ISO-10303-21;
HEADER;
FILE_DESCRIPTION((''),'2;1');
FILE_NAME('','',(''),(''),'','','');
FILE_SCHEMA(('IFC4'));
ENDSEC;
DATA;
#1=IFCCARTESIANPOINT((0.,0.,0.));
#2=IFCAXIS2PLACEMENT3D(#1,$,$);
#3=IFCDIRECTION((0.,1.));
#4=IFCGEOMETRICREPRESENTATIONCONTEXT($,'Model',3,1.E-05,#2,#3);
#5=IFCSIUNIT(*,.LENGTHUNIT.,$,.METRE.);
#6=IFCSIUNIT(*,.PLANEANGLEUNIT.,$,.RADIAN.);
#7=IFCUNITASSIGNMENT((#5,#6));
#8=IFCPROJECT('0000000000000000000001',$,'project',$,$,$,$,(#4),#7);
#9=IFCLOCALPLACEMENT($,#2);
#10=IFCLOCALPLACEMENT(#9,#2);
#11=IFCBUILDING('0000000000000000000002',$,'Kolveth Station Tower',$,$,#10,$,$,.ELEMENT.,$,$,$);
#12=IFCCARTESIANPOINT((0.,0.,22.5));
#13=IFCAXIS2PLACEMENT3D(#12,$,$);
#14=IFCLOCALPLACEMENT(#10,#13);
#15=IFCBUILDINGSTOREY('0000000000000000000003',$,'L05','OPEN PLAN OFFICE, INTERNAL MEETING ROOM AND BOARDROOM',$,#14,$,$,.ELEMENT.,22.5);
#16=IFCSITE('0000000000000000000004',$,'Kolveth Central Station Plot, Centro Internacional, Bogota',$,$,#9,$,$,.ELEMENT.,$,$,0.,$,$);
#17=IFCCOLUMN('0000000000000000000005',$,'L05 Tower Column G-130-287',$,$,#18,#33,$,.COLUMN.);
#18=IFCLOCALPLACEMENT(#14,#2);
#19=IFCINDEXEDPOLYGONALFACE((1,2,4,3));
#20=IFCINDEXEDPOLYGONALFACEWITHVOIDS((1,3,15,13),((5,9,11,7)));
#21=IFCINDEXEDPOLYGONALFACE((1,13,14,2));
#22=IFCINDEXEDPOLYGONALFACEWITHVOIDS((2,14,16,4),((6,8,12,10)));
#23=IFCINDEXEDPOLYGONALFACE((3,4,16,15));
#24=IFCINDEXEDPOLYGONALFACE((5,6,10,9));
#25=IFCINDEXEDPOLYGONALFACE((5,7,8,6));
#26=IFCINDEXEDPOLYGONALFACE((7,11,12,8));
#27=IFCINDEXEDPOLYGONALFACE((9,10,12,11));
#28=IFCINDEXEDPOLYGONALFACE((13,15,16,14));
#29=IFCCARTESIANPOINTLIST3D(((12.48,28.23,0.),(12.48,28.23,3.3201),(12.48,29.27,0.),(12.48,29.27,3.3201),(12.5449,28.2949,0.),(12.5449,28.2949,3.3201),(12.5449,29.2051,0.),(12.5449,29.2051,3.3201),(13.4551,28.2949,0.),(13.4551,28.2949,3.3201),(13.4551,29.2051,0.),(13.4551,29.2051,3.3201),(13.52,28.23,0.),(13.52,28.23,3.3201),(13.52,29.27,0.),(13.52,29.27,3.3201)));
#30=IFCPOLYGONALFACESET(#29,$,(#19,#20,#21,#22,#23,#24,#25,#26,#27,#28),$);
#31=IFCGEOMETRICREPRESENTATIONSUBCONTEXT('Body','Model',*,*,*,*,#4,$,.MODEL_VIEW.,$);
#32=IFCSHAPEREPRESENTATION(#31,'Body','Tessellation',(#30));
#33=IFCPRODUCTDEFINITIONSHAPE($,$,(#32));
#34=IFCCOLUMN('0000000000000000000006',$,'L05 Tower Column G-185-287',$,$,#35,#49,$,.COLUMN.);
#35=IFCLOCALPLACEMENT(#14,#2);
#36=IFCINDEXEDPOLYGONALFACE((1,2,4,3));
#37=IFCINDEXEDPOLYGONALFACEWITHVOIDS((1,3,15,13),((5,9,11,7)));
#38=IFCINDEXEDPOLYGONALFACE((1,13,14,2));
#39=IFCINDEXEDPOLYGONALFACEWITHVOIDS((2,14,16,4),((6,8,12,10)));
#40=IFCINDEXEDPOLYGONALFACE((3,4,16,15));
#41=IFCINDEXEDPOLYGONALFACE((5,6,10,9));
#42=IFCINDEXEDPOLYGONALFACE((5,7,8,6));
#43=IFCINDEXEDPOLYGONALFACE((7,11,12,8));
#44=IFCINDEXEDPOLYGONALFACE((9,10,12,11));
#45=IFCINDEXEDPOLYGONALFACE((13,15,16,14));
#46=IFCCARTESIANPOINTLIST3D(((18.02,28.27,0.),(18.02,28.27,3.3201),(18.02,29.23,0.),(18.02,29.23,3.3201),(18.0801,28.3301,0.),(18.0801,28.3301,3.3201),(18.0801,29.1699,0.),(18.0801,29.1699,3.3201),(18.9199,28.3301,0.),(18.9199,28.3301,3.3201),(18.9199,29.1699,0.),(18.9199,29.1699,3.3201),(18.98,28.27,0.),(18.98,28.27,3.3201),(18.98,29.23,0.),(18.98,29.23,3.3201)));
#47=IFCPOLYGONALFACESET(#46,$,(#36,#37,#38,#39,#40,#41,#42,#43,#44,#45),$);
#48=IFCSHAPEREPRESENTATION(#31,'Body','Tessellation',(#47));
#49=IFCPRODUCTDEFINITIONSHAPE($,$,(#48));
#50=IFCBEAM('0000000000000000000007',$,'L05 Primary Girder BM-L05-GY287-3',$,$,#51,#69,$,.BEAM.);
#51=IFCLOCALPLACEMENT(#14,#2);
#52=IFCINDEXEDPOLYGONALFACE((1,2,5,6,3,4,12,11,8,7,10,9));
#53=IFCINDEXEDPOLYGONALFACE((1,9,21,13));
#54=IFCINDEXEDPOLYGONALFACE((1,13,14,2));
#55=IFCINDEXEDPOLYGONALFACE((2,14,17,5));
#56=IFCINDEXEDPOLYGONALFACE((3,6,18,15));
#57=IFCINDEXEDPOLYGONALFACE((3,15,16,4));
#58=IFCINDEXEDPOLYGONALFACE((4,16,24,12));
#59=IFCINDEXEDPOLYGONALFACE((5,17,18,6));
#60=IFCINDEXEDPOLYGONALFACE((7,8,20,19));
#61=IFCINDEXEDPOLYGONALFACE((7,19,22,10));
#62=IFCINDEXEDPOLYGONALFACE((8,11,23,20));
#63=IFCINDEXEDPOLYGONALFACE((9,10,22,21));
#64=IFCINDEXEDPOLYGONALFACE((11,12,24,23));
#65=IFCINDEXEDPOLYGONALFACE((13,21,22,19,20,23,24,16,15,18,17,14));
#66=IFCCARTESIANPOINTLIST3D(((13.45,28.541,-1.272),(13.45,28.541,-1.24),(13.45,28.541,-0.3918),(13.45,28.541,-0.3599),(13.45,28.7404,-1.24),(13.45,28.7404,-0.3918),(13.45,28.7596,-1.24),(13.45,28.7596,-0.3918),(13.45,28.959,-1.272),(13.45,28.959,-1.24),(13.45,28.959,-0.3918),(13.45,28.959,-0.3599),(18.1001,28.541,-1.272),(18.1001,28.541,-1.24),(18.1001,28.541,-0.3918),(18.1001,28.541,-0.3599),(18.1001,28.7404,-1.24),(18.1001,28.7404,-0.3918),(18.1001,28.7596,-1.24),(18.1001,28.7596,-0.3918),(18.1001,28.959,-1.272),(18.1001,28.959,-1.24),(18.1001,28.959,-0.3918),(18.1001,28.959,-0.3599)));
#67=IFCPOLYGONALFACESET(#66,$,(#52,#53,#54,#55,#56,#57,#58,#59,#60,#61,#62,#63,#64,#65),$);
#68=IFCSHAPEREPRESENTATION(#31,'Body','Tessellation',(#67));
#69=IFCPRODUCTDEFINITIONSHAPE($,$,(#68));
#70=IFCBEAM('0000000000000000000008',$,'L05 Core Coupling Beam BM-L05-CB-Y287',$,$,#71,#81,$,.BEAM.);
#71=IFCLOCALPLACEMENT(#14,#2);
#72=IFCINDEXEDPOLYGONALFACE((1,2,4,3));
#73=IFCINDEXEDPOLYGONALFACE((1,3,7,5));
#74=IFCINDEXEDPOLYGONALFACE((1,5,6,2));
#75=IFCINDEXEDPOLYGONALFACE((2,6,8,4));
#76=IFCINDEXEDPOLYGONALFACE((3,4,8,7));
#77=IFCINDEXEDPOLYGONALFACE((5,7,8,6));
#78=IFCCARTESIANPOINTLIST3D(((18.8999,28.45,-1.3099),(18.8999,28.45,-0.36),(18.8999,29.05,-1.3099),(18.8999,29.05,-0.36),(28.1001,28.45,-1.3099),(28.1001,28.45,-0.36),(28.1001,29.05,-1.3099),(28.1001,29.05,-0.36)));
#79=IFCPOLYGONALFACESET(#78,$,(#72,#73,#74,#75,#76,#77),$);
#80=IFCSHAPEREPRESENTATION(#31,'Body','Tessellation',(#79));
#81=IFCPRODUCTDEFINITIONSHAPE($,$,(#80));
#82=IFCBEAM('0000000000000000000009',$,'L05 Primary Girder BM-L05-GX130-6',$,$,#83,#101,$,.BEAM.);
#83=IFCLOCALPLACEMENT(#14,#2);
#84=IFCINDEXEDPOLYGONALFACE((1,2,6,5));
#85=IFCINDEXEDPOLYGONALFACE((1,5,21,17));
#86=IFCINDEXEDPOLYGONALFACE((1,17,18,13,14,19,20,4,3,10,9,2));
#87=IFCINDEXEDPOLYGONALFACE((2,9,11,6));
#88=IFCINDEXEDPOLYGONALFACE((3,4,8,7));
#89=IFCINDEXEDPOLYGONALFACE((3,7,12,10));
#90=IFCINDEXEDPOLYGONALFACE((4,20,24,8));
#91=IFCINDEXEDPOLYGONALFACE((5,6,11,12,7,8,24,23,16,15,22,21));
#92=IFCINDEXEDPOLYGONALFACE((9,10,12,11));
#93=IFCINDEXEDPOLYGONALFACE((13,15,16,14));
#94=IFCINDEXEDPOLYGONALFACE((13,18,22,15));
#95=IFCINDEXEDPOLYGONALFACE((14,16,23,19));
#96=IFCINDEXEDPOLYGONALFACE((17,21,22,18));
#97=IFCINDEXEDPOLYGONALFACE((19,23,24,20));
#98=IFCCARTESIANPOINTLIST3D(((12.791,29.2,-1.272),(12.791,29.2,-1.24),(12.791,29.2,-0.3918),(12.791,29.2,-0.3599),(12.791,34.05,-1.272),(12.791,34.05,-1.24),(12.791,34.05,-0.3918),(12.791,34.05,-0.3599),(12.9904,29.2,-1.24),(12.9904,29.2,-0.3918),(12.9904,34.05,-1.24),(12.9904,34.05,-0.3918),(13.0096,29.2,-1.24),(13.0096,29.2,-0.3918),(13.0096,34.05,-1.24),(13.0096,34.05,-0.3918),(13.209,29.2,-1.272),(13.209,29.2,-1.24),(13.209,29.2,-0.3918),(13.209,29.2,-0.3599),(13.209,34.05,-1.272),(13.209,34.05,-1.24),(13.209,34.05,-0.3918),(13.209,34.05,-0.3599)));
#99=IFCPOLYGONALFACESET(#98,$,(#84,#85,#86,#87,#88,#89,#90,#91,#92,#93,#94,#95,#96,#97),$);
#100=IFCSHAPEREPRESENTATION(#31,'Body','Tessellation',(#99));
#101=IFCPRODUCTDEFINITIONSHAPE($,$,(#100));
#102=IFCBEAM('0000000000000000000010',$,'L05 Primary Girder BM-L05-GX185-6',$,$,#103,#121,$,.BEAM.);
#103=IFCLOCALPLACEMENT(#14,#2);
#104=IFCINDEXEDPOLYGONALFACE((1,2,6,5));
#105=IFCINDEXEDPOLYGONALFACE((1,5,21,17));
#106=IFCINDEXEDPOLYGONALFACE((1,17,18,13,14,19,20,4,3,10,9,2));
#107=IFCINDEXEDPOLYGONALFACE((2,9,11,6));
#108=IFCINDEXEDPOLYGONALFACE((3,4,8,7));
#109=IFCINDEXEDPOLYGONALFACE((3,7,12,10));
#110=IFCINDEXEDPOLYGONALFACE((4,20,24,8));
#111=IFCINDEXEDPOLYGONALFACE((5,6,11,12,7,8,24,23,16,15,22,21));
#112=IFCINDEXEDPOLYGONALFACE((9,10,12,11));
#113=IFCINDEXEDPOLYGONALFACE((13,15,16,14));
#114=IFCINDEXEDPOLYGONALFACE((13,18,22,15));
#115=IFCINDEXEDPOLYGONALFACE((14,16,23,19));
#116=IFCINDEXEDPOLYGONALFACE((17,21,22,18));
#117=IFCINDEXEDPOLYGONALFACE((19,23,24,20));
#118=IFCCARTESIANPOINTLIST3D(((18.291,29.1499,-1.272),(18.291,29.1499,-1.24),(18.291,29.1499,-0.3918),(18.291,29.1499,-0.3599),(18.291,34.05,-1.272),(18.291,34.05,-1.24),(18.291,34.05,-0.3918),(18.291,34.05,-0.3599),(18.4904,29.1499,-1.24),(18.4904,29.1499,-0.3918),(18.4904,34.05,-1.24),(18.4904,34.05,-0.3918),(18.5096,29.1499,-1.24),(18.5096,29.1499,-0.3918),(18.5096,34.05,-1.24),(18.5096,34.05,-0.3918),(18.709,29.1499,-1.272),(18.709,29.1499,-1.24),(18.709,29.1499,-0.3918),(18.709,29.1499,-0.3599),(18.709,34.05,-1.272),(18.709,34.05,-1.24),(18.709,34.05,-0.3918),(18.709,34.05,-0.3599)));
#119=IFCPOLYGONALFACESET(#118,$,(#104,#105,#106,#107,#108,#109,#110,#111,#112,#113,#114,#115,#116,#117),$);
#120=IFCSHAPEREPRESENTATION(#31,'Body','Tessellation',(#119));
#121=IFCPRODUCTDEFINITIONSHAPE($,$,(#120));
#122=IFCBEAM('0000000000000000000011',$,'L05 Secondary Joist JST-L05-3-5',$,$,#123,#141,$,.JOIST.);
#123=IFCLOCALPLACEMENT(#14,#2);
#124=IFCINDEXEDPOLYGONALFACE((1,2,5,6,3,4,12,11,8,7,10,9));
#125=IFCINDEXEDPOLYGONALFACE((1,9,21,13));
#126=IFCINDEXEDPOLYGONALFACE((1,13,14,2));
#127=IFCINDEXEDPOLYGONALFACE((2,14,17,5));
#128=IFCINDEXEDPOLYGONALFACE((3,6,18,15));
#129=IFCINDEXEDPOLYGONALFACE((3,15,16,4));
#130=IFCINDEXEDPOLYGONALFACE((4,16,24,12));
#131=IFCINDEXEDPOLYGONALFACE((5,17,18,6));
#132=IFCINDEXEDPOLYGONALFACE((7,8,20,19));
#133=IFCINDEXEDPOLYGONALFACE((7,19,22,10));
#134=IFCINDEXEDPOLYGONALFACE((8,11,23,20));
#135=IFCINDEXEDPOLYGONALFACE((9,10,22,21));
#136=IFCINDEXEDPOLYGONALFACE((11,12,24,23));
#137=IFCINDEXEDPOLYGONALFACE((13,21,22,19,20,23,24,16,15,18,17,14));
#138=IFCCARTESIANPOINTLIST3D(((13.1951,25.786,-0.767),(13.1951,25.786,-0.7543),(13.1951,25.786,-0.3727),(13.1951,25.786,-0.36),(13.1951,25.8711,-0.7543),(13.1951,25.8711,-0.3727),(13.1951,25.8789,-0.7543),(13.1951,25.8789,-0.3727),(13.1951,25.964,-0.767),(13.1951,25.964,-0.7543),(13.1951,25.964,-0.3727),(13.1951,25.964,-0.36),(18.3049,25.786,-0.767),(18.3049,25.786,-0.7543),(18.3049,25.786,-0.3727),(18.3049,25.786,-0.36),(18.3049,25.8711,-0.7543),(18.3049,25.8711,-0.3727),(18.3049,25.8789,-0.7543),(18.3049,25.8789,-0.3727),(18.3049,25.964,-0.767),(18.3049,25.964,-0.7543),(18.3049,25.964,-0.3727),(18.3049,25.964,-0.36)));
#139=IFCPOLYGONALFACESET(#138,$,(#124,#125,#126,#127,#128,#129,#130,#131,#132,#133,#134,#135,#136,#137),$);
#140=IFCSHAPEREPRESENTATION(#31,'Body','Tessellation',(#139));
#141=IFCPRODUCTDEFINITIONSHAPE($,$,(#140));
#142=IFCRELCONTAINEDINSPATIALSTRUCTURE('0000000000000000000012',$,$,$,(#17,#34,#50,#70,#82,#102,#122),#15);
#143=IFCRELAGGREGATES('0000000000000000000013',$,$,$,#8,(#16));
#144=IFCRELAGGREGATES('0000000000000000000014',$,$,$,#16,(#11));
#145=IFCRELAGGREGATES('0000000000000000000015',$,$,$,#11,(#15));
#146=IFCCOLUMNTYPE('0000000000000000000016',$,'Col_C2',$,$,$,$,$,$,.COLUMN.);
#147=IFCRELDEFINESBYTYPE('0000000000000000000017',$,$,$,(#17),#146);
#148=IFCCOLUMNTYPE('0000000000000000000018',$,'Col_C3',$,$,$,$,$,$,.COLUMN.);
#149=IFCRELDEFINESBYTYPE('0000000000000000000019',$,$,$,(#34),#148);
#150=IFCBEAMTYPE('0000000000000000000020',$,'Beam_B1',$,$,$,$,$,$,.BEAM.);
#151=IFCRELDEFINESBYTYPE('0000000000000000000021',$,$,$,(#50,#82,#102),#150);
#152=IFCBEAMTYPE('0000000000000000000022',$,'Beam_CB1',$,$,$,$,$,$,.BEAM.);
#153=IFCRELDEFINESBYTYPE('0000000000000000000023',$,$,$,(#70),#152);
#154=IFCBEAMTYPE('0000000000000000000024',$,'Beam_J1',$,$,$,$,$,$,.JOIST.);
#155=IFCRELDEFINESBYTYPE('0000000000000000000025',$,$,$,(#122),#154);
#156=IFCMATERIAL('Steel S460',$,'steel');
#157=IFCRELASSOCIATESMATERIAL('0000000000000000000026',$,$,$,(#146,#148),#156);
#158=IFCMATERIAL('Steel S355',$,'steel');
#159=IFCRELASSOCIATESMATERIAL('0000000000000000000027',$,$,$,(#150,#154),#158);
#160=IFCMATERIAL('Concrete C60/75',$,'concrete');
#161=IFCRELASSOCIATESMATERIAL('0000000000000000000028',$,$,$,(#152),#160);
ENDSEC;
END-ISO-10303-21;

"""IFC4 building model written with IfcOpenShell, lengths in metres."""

from ifc_helpers import new_model, si_unit, direction, frame, origin, origin_2d, place, context, subcontext, project, spatial, rectangle, hollow_rectangle, i_section, extrude, source, transform, mapped, material, material_profile, profile_set, type_object, element, save


model = new_model("IFC4")

# Units and contexts
model_context = context("Model", 3, precision=1e-05, world=origin(), true_north=direction((0.0, 1.0)))
body_context = subcontext(model_context, "Body", "Model", "MODEL_VIEW")
ifc_project = project(units=[si_unit("LENGTHUNIT", "METRE"), si_unit("PLANEANGLEUNIT", "RADIAN")], contexts=[model_context])

# Site, building, storey
site_placement = place(None, origin())
site = spatial("IfcSite", under=ifc_project, at=site_placement, Name="Kolveth Central Station Plot, Centro Internacional, Bogota", CompositionType="ELEMENT", RefElevation=0.0)
building_placement = place(site_placement, origin())
building = spatial("IfcBuilding", under=site, at=building_placement, Name="Kolveth Station Tower", CompositionType="ELEMENT")
storey_placement = place(building_placement, frame((0.0, 0.0, 22.5)))
storey = spatial("IfcBuildingStorey", under=building, at=storey_placement, Name="L05", Description="OPEN PLAN OFFICE, INTERNAL MEETING ROOM AND BOARDROOM", CompositionType="ELEMENT", Elevation=22.5)

# Columns
ifc_material_1 = material(Name="Steel S460", Category="steel")
ifc_material_profile_1 = material_profile(ifc_material_1, hollow_rectangle(XDim=1.04, YDim=1.04, WallThickness=0.0649, at=origin_2d()), Name="BOX1040x1040x65")
ifc_profile_set_1 = profile_set([ifc_material_profile_1], Name="Steel S460")
column_type_1 = type_object("IfcColumnType", Name="Col_C2", PredefinedType="COLUMN", material=ifc_profile_set_1)
shared_shape_1 = source(origin(), body_context, "Body", "SweptSolid", [
    extrude(hollow_rectangle(XDim=1.04, YDim=1.04, WallThickness=0.0649, at=origin_2d()), origin(), (0.0, 0.0, 1.0), 3.3201),
])
column_1_placement = place(storey_placement, frame((13.0, 28.75, 0.0), z_axis=(0.0, 0.0, 1.0), x_axis=(1.0, 0.0, 0.0)))
element("IfcColumn", 1, at=column_1_placement, inside=storey, type_object=column_type_1, Name="L05 Tower Column G-130-287", PredefinedType="COLUMN", context=body_context, shape_type="MappedRepresentation", body=[
    mapped(shared_shape_1, transform((0.0, 0.0, 0.0), x_axis=(1.0, 0.0, 0.0), y_axis=(0.0, 1.0, 0.0), z_axis=(0.0, 0.0, 1.0), scale=1.0)),
])
ifc_material_profile_2 = material_profile(ifc_material_1, hollow_rectangle(XDim=0.96, YDim=0.96, WallThickness=0.0601, at=origin_2d()), Name="BOX960x960x60")
ifc_profile_set_2 = profile_set([ifc_material_profile_2], Name="Steel S460")
column_type_2 = type_object("IfcColumnType", Name="Col_C3", PredefinedType="COLUMN", material=ifc_profile_set_2)
shared_shape_2 = source(origin(), body_context, "Body", "SweptSolid", [
    extrude(hollow_rectangle(XDim=0.96, YDim=0.96, WallThickness=0.0601, at=origin_2d()), origin(), (0.0, 0.0, 1.0), 3.3201),
])
column_2_placement = place(storey_placement, frame((18.5, 28.75, 0.0), z_axis=(0.0, 0.0, 1.0), x_axis=(1.0, 0.0, 0.0)))
element("IfcColumn", 2, at=column_2_placement, inside=storey, type_object=column_type_2, Name="L05 Tower Column G-185-287", PredefinedType="COLUMN", context=body_context, shape_type="MappedRepresentation", body=[
    mapped(shared_shape_2, transform((0.0, 0.0, 0.0), x_axis=(1.0, 0.0, 0.0), y_axis=(0.0, 1.0, 0.0), z_axis=(0.0, 0.0, 1.0), scale=1.0)),
])

# Beams
ifc_material_2 = material(Name="Steel S355", Category="steel")
ifc_material_profile_3 = material_profile(ifc_material_2, i_section(OverallWidth=0.418, OverallDepth=0.9121, WebThickness=0.0193, FlangeThickness=0.032, at=origin_2d()), Name="W920x342")
ifc_profile_set_3 = profile_set([ifc_material_profile_3], Name="Steel S355")
beam_type_1 = type_object("IfcBeamType", Name="Beam_B1", PredefinedType="BEAM", material=ifc_profile_set_3)
shared_shape_3 = source(origin(), body_context, "Body", "SweptSolid", [
    extrude(i_section(OverallWidth=0.418, OverallDepth=0.9121, WebThickness=0.0193, FlangeThickness=0.032, at=origin_2d()), origin(), (0.0, 0.0, 1.0), 4.6501),
])
beam_1_placement = place(storey_placement, frame((13.45, 28.75, -0.8159), z_axis=(1.0, 0.0, 0.0), x_axis=(0.0, 1.0, 0.0)))
element("IfcBeam", 3, at=beam_1_placement, inside=storey, type_object=beam_type_1, Name="L05 Primary Girder BM-L05-GY287-3", PredefinedType="BEAM", context=body_context, shape_type="MappedRepresentation", body=[
    mapped(shared_shape_3, transform((0.0, 0.0, 0.0), x_axis=(1.0, 0.0, 0.0), y_axis=(0.0, 1.0, 0.0), z_axis=(0.0, 0.0, 1.0), scale=1.0)),
])
ifc_material_3 = material(Name="Concrete C60/75", Category="concrete")
ifc_material_profile_4 = material_profile(ifc_material_3, rectangle(XDim=0.6001, YDim=0.95, at=origin_2d()), Name="RC-600x950")
ifc_profile_set_4 = profile_set([ifc_material_profile_4], Name="Concrete C60/75")
beam_type_2 = type_object("IfcBeamType", Name="Beam_CB1", PredefinedType="BEAM", material=ifc_profile_set_4)
shared_shape_4 = source(origin(), body_context, "Body", "SweptSolid", [
    extrude(rectangle(XDim=0.6001, YDim=0.95, at=origin_2d()), origin(), (0.0, 0.0, 1.0), 9.2002),
])
beam_2_placement = place(storey_placement, frame((18.8999, 28.75, -0.835), z_axis=(1.0, 0.0, 0.0), x_axis=(0.0, 1.0, 0.0)))
element("IfcBeam", 4, at=beam_2_placement, inside=storey, type_object=beam_type_2, Name="L05 Core Coupling Beam BM-L05-CB-Y287", PredefinedType="BEAM", context=body_context, shape_type="MappedRepresentation", body=[
    mapped(shared_shape_4, transform((0.0, 0.0, 0.0), x_axis=(1.0, 0.0, 0.0), y_axis=(0.0, 1.0, 0.0), z_axis=(0.0, 0.0, 1.0), scale=1.0)),
])
shared_shape_5 = source(origin(), body_context, "Body", "SweptSolid", [
    extrude(i_section(OverallWidth=0.418, OverallDepth=0.9121, WebThickness=0.0193, FlangeThickness=0.032, at=origin_2d()), origin(), (0.0, 0.0, 1.0), 4.8501),
])
beam_3_placement = place(storey_placement, frame((13.0, 29.2, -0.8159), z_axis=(0.0, 1.0, 0.0), x_axis=(-1.0, 0.0, 0.0)))
element("IfcBeam", 5, at=beam_3_placement, inside=storey, type_object=beam_type_1, Name="L05 Primary Girder BM-L05-GX130-6", PredefinedType="BEAM", context=body_context, shape_type="MappedRepresentation", body=[
    mapped(shared_shape_5, transform((0.0, 0.0, 0.0), x_axis=(1.0, 0.0, 0.0), y_axis=(0.0, 1.0, 0.0), z_axis=(0.0, 0.0, 1.0), scale=1.0)),
])
shared_shape_6 = source(origin(), body_context, "Body", "SweptSolid", [
    extrude(i_section(OverallWidth=0.418, OverallDepth=0.9121, WebThickness=0.0193, FlangeThickness=0.032, at=origin_2d()), origin(), (0.0, 0.0, 1.0), 4.9001),
])
beam_4_placement = place(storey_placement, frame((18.5, 29.1499, -0.8159), z_axis=(0.0, 1.0, 0.0), x_axis=(-1.0, 0.0, 0.0)))
element("IfcBeam", 6, at=beam_4_placement, inside=storey, type_object=beam_type_1, Name="L05 Primary Girder BM-L05-GX185-6", PredefinedType="BEAM", context=body_context, shape_type="MappedRepresentation", body=[
    mapped(shared_shape_6, transform((0.0, 0.0, 0.0), x_axis=(1.0, 0.0, 0.0), y_axis=(0.0, 1.0, 0.0), z_axis=(0.0, 0.0, 1.0), scale=1.0)),
])
ifc_material_profile_5 = material_profile(ifc_material_2, i_section(OverallWidth=0.178, OverallDepth=0.407, WebThickness=0.0078, FlangeThickness=0.0127, at=origin_2d()), Name="W410x60")
ifc_profile_set_5 = profile_set([ifc_material_profile_5], Name="Steel S355")
beam_type_3 = type_object("IfcBeamType", Name="Beam_J1", PredefinedType="JOIST", material=ifc_profile_set_5)
shared_shape_7 = source(origin(), body_context, "Body", "SweptSolid", [
    extrude(i_section(OverallWidth=0.178, OverallDepth=0.407, WebThickness=0.0078, FlangeThickness=0.0127, at=origin_2d()), origin(), (0.0, 0.0, 1.0), 5.1099),
])
beam_5_placement = place(storey_placement, frame((13.1951, 25.875, -0.5635), z_axis=(1.0, 0.0, 0.0), x_axis=(0.0, 1.0, 0.0)))
element("IfcBeam", 7, at=beam_5_placement, inside=storey, type_object=beam_type_3, Name="L05 Secondary Joist JST-L05-3-5", PredefinedType="JOIST", context=body_context, shape_type="MappedRepresentation", body=[
    mapped(shared_shape_7, transform((0.0, 0.0, 0.0), x_axis=(1.0, 0.0, 0.0), y_axis=(0.0, 1.0, 0.0), z_axis=(0.0, 0.0, 1.0), scale=1.0)),
])

save(model, "model.ifc")
